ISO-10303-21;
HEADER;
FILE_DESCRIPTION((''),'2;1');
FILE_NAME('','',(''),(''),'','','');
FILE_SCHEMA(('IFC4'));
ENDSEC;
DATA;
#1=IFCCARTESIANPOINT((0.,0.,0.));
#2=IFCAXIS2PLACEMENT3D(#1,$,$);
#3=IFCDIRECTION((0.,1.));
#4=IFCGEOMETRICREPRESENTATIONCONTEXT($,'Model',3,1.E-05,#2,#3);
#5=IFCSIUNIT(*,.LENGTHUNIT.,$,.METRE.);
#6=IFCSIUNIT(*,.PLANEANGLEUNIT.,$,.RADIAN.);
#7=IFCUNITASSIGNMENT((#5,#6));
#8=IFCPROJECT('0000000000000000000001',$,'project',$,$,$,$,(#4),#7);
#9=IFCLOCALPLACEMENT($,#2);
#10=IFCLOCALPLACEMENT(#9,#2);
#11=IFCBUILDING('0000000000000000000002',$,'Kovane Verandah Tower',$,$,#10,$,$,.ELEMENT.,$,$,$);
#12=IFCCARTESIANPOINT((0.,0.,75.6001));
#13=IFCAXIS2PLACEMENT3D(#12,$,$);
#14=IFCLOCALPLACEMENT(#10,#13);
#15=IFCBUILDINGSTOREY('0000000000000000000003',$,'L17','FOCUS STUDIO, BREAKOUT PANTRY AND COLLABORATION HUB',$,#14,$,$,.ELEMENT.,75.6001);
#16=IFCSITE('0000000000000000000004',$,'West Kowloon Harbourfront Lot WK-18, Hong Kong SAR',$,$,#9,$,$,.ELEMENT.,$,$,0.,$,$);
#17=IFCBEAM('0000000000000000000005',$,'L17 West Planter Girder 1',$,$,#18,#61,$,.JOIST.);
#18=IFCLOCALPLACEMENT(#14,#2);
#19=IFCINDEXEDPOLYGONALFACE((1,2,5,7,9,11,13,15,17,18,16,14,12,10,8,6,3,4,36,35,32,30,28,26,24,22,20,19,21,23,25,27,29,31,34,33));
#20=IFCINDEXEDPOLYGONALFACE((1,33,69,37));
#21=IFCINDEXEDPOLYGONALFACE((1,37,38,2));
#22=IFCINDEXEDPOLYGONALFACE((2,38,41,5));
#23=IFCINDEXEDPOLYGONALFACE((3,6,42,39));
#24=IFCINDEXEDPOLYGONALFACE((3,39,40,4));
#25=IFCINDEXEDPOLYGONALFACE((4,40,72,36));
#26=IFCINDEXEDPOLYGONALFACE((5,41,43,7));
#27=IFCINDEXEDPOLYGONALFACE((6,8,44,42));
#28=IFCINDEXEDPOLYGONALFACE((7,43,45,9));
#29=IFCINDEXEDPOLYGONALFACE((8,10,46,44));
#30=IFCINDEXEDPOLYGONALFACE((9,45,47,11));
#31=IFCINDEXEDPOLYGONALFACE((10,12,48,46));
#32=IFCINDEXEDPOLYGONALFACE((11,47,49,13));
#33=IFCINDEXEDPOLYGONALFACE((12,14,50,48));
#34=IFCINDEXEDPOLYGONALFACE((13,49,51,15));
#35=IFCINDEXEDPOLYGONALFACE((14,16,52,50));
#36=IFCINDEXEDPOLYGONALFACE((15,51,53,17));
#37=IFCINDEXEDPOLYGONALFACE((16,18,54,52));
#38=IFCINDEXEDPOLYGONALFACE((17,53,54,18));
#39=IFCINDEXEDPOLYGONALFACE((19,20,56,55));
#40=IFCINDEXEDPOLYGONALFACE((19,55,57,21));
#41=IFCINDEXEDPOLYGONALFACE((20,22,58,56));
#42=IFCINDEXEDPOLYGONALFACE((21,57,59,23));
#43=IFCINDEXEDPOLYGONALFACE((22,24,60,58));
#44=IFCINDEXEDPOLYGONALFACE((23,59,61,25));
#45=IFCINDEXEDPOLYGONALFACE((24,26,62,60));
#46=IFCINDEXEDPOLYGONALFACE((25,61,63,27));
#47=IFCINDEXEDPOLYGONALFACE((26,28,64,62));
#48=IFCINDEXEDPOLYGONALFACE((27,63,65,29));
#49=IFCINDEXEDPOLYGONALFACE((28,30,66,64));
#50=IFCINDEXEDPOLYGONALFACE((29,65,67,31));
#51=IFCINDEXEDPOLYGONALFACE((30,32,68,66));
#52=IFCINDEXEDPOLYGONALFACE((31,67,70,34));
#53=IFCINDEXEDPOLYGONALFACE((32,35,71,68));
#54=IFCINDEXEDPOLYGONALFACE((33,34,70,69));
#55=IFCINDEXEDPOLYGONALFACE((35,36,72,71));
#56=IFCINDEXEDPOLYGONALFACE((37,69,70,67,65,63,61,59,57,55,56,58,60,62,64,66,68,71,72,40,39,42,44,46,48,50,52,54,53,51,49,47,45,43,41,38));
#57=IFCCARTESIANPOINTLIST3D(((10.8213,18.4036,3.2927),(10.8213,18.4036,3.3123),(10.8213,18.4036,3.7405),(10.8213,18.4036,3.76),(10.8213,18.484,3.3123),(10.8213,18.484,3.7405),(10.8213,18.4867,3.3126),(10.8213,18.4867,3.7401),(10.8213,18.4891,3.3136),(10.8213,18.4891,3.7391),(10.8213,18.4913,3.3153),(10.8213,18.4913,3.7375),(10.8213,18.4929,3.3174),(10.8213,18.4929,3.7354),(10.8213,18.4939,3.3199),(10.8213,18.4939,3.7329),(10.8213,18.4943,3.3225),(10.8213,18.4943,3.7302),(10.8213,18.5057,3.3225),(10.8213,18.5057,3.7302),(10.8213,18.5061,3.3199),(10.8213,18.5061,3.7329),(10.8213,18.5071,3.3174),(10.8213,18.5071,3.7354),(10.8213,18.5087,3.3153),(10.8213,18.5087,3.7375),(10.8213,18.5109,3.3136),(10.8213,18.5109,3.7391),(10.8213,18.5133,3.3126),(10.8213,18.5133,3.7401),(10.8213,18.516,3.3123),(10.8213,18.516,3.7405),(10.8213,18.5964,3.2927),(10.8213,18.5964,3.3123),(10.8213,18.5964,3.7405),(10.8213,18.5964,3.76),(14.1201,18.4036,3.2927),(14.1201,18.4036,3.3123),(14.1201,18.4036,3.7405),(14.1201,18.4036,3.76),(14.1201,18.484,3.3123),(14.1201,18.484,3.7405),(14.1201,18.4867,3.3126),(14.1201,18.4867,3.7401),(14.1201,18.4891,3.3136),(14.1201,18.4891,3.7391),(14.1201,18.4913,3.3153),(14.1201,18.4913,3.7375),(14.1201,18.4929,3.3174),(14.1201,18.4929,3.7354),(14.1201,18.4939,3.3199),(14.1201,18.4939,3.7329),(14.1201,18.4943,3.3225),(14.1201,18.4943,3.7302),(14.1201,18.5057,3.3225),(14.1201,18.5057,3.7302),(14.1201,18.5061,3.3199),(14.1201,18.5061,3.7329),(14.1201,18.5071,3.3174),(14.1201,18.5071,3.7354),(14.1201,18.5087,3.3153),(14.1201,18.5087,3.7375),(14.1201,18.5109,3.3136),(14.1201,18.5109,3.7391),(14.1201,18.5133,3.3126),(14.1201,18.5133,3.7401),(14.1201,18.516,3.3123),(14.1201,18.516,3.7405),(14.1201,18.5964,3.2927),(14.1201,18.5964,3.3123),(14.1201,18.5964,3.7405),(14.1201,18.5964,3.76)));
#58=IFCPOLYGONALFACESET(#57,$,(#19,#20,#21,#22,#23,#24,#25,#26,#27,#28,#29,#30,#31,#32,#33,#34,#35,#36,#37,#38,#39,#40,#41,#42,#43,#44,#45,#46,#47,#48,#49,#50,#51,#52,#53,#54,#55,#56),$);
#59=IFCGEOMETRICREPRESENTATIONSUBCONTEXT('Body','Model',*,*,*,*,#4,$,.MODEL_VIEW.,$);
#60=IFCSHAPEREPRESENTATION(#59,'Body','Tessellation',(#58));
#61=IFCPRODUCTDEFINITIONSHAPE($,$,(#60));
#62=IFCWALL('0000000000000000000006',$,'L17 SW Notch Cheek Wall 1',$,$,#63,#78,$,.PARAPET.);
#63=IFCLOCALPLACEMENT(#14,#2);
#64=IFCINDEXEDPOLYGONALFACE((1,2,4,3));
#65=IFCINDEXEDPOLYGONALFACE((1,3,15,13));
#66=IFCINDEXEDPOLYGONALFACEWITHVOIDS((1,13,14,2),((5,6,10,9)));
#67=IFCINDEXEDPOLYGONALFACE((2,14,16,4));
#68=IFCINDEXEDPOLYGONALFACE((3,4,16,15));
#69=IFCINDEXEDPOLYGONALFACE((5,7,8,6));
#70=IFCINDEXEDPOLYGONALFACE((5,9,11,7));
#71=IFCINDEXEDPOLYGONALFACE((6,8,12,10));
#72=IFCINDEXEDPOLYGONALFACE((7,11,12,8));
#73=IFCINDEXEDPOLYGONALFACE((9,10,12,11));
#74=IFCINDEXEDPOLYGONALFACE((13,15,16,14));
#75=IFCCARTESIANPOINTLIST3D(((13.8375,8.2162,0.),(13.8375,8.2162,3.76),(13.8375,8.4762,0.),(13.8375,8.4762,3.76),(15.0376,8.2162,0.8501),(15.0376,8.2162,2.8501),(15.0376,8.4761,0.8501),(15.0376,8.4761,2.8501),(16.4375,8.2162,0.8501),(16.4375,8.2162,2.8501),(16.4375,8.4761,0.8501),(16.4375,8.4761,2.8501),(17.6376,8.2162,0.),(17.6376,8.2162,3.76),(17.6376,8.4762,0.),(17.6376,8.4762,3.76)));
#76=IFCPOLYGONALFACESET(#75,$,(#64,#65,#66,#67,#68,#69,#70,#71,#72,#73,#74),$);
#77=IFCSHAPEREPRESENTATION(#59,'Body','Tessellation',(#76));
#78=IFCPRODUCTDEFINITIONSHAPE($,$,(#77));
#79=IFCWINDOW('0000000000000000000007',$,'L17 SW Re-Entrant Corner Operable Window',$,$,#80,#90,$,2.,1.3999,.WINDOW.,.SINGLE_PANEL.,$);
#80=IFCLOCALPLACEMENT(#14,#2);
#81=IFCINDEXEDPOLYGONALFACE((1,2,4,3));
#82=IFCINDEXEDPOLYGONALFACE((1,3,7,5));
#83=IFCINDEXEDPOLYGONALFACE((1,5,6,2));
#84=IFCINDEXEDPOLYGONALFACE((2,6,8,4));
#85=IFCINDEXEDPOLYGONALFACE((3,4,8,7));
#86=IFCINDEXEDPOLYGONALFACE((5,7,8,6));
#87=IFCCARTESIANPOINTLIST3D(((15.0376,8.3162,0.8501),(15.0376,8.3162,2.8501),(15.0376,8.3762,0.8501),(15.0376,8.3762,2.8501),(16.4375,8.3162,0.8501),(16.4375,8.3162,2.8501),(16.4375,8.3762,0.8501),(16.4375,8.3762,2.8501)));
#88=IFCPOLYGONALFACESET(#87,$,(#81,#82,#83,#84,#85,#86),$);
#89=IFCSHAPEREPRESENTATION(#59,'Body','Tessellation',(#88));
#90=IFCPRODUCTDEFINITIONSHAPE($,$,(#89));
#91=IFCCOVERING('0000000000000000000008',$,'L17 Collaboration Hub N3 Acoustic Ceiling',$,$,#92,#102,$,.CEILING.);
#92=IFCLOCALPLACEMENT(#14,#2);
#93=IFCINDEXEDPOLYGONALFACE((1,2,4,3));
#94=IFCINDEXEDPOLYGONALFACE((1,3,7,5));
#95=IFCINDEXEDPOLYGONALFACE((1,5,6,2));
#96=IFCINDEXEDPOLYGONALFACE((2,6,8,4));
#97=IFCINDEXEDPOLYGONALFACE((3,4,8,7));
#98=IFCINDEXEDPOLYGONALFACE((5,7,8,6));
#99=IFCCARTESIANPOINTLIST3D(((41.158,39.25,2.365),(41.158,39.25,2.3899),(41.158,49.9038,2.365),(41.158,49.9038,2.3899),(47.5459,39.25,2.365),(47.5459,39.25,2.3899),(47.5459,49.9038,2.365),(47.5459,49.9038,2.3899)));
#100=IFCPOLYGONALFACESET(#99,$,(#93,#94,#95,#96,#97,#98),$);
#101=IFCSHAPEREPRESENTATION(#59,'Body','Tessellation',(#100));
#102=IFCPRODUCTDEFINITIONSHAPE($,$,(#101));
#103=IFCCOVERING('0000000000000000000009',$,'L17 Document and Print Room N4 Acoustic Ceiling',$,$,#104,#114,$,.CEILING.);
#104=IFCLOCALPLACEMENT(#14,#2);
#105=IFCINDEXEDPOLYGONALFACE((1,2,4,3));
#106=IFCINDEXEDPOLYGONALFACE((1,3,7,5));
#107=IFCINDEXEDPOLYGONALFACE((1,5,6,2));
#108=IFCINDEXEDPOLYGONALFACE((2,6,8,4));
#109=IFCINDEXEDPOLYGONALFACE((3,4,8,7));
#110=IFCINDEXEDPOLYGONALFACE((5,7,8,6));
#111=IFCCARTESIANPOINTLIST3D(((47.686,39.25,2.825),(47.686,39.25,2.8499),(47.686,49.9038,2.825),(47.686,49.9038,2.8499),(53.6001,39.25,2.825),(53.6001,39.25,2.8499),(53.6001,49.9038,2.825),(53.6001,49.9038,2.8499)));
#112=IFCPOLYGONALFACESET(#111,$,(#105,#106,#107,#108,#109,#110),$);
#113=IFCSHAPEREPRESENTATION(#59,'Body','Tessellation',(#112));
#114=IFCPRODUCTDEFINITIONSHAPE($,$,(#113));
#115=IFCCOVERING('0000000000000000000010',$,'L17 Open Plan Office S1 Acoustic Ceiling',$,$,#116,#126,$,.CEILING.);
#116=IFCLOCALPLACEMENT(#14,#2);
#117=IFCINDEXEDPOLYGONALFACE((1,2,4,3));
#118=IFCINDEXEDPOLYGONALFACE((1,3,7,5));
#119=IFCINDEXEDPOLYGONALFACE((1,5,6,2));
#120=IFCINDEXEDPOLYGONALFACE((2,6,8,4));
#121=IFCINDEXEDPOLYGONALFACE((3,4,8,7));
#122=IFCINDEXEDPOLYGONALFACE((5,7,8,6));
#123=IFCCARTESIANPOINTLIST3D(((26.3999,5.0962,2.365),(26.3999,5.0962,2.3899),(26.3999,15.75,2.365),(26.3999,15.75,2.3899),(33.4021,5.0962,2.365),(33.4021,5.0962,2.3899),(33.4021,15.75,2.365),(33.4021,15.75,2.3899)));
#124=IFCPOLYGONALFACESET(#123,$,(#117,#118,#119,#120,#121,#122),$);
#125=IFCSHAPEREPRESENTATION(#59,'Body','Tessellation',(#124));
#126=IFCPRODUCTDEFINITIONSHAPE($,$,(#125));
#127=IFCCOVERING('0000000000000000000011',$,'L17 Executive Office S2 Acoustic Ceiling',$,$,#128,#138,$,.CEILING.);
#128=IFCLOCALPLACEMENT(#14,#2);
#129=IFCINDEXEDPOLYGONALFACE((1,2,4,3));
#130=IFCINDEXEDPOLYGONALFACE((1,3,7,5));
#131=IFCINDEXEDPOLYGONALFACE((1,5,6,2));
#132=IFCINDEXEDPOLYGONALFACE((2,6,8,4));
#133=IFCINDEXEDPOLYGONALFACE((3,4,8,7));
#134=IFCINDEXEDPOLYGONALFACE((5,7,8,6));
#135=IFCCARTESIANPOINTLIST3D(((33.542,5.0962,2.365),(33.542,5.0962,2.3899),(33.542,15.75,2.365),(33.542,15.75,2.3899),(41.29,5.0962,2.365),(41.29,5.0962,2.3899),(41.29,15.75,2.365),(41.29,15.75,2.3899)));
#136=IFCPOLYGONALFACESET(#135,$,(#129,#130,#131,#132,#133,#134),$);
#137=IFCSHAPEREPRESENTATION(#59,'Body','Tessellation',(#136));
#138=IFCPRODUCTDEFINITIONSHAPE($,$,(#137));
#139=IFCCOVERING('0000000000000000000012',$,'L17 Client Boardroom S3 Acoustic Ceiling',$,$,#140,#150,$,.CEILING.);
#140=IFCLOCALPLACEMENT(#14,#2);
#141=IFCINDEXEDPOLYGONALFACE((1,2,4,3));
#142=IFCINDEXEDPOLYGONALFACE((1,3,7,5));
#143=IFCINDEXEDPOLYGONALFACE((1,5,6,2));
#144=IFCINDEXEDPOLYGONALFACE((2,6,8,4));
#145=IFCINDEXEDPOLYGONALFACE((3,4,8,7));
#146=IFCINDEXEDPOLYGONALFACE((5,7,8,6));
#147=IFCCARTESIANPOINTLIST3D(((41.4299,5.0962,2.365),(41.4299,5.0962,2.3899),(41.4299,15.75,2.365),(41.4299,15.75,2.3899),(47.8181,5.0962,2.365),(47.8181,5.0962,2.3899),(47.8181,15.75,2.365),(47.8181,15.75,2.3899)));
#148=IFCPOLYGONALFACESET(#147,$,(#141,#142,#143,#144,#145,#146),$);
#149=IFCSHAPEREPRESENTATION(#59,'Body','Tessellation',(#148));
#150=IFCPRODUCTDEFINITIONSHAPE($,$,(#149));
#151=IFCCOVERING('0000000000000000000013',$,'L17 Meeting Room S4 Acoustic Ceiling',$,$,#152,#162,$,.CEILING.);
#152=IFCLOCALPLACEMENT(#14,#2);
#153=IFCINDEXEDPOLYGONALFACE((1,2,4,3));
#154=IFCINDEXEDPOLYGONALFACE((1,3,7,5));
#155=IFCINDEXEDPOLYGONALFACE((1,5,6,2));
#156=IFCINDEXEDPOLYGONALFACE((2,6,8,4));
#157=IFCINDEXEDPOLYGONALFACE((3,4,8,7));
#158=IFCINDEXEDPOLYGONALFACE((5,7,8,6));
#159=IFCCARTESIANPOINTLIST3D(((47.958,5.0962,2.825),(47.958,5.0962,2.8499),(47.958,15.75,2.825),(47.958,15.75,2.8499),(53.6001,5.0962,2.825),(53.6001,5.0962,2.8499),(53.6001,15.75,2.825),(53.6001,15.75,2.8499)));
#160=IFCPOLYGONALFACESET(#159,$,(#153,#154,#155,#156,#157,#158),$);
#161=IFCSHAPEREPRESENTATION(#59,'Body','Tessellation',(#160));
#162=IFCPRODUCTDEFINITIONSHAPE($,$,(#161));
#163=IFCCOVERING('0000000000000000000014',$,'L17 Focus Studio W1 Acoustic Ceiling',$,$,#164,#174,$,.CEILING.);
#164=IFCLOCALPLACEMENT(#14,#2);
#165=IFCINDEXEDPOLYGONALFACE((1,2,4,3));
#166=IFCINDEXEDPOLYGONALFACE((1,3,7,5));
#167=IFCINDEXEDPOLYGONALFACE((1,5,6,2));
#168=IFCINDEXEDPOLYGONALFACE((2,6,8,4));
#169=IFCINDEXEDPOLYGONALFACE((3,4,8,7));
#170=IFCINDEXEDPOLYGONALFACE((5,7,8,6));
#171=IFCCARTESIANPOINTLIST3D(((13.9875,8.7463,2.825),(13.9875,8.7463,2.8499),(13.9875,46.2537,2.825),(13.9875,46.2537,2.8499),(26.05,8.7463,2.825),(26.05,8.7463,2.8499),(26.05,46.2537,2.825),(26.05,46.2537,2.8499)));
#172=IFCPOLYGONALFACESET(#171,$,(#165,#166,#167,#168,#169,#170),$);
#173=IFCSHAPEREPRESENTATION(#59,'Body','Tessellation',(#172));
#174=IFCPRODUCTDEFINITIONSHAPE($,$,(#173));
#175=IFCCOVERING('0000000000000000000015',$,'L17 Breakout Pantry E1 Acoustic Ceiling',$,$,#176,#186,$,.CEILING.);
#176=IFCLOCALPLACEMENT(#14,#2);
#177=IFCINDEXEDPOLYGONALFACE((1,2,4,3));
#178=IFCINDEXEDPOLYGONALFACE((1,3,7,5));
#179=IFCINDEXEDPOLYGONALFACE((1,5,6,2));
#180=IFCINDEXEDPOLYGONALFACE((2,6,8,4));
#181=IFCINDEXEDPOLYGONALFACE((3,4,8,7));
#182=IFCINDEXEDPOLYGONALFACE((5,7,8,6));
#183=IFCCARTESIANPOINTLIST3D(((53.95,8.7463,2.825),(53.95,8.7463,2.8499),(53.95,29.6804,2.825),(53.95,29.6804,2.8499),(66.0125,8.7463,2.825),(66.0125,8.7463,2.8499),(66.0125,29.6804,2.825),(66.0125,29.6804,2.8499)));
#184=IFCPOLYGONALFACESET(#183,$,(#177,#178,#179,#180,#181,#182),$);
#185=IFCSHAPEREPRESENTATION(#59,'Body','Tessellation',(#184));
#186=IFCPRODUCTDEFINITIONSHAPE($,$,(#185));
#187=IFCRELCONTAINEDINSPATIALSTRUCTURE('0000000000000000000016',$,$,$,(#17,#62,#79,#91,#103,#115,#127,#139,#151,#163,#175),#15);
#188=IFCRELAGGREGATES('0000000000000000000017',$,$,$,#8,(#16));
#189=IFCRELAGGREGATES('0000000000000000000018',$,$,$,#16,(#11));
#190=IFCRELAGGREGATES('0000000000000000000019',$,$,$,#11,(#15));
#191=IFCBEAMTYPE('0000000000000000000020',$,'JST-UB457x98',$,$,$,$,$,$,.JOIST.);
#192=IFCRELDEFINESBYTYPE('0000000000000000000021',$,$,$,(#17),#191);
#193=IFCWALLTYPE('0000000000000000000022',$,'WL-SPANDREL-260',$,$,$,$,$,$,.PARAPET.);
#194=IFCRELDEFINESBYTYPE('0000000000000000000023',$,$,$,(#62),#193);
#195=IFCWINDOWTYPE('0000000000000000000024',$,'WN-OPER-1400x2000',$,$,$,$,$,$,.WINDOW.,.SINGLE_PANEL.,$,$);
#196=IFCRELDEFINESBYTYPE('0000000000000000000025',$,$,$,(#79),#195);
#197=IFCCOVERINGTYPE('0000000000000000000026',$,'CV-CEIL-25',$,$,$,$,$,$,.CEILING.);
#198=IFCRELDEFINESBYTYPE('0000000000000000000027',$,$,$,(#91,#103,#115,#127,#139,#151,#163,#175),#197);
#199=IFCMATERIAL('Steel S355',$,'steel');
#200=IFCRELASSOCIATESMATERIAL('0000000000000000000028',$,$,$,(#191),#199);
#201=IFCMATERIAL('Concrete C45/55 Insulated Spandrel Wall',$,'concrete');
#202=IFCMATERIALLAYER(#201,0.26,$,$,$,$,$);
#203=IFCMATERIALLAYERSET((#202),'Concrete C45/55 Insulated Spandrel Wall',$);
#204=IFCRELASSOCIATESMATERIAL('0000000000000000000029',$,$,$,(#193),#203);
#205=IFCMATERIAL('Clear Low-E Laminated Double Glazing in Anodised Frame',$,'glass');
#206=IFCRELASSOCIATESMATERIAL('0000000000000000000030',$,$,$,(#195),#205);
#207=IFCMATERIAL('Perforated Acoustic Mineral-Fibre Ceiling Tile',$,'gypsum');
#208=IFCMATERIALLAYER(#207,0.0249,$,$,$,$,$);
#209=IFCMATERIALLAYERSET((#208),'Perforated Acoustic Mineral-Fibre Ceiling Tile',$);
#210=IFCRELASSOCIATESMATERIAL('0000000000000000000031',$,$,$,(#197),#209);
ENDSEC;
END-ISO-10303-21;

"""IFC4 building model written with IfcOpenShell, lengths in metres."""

from ifc_helpers import new_model, si_unit, direction, frame, frame_2d, origin, origin_2d, place, context, subcontext, project, spatial, polyline, rectangle, i_section, outline, extrude, material, layer, layer_set, material_profile, profile_set, type_object, element, fill, save


model = new_model("IFC4")

# Units and contexts
model_context = context("Model", 3, precision=1e-05, world=origin(), true_north=direction((0.0, 1.0)))
body_context = subcontext(model_context, "Body", "Model", "MODEL_VIEW")
ifc_project = project(units=[si_unit("LENGTHUNIT", "METRE"), si_unit("PLANEANGLEUNIT", "RADIAN")], contexts=[model_context])

# Site, building, storey
site_placement = place(None, origin())
site = spatial("IfcSite", under=ifc_project, at=site_placement, Name="West Kowloon Harbourfront Lot WK-18, Hong Kong SAR", CompositionType="ELEMENT", RefElevation=0.0)
building_placement = place(site_placement, origin())
building = spatial("IfcBuilding", under=site, at=building_placement, Name="Kovane Verandah Tower", CompositionType="ELEMENT")
storey_placement = place(building_placement, frame((0.0, 0.0, 75.6001)))
storey = spatial("IfcBuildingStorey", under=building, at=storey_placement, Name="L17", Description="FOCUS STUDIO, BREAKOUT PANTRY AND COLLABORATION HUB", CompositionType="ELEMENT", Elevation=75.6001)

# Beam
ifc_material_1 = material(Name="Steel S355", Category="steel")
ifc_material_profile = material_profile(ifc_material_1, i_section(OverallWidth=0.1929, OverallDepth=0.4673, WebThickness=0.0115, FlangeThickness=0.0195, FilletRadius=0.0103, at=origin_2d()), Name="UB457x191x98")
ifc_profile_set = profile_set([ifc_material_profile], Name="Steel S355")
beam_type = type_object("IfcBeamType", Name="JST-UB457x98", PredefinedType="JOIST", material=ifc_profile_set)
beam_placement = place(storey_placement, frame((14.1201, 18.5, 3.5264), z_axis=(-1.0, 0.0, 0.0), x_axis=(0.0, -1.0, 0.0)))
element("IfcBeam", 1, at=beam_placement, inside=storey, type_object=beam_type, Name="L17 West Planter Girder 1", PredefinedType="JOIST", context=body_context, shape_type="SweptSolid", body=[
    extrude(i_section(OverallWidth=0.1929, OverallDepth=0.4673, WebThickness=0.0115, FlangeThickness=0.0195, FilletRadius=0.0103, at=origin_2d()), origin(), (0.0, 0.0, 1.0), 3.2988),
])

# Wall, opening, window
ifc_material_2 = material(Name="Concrete C45/55 Insulated Spandrel Wall", Category="concrete")
ifc_layer_1 = layer(ifc_material_2, 0.26)
ifc_layer_set_1 = layer_set([ifc_layer_1], Name="Concrete C45/55 Insulated Spandrel Wall")
wall_type = type_object("IfcWallType", Name="WL-SPANDREL-260", PredefinedType="PARAPET", material=ifc_layer_set_1)
wall_placement = place(storey_placement, frame((13.8376, 8.3462, 0.0), z_axis=(0.0, 0.0, 1.0), x_axis=(1.0, 0.0, 0.0)))
wall = element("IfcWall", 2, at=wall_placement, inside=storey, type_object=wall_type, Name="L17 SW Notch Cheek Wall 1", PredefinedType="PARAPET", context=body_context, shape_type="SweptSolid", body=[
    extrude(rectangle(XDim=3.8, YDim=0.26, at=frame_2d((1.8999, 0.0))), origin(), (0.0, 0.0, 1.0), 3.76),
])
opening_placement = place(wall_placement, frame((1.2, 0.0, 0.8501)))
opening = element("IfcOpeningElement", 3, at=opening_placement, cuts=wall, PredefinedType="OPENING", context=body_context, shape_type="SweptSolid", body=[
    extrude(rectangle(XDim=1.3999, YDim=2.0, at=frame_2d((0.7, 1.0))), frame((0.0, 0.1299, 0.0), z_axis=(0.0, -1.0, 0.0), x_axis=(1.0, 0.0, 0.0)), (0.0, 0.0, 1.0), 0.26),
])
ifc_material_3 = material(Name="Clear Low-E Laminated Double Glazing in Anodised Frame", Category="glass")
window_type = type_object("IfcWindowType", Name="WN-OPER-1400x2000", PartitioningType="SINGLE_PANEL", PredefinedType="WINDOW", material=ifc_material_3)
window_placement = place(opening_placement, origin())
window = element("IfcWindow", 4, at=window_placement, inside=storey, type_object=window_type, Name="L17 SW Re-Entrant Corner Operable Window", OverallHeight=2.0, OverallWidth=1.3999, PartitioningType="SINGLE_PANEL", PredefinedType="WINDOW", context=body_context, shape_type="SweptSolid", body=[
    extrude(rectangle(XDim=1.3999, YDim=2.0, at=frame_2d((0.7, 1.0))), frame((0.0, 0.03, 0.0), z_axis=(0.0, -1.0, 0.0), x_axis=(1.0, 0.0, 0.0)), (0.0, 0.0, 1.0), 0.0601),
])
fill(opening, window)

# Coverings
ifc_material_4 = material(Name="Perforated Acoustic Mineral-Fibre Ceiling Tile", Category="gypsum")
ifc_layer_2 = layer(ifc_material_4, 0.0249)
ifc_layer_set_2 = layer_set([ifc_layer_2], Name="Perforated Acoustic Mineral-Fibre Ceiling Tile")
covering_type_1 = type_object("IfcCoveringType", Name="CV-CEIL-25", PredefinedType="CEILING", material=ifc_layer_set_2)
covering_1_placement = place(storey_placement, frame((0.0, 0.0, 2.365)))
element("IfcCovering", 5, at=covering_1_placement, inside=storey, type_object=covering_type_1, Name="L17 Collaboration Hub N3 Acoustic Ceiling", PredefinedType="CEILING", context=body_context, shape_type="SweptSolid", body=[
    extrude(outline(polyline([(41.158, 39.25), (47.5459, 39.25), (47.5459, 49.9038), (41.158, 49.9038), (41.158, 39.25)])), origin(), (0.0, 0.0, 1.0), 0.0249),
])
covering_2_placement = place(storey_placement, frame((0.0, 0.0, 2.825)))
element("IfcCovering", 6, at=covering_2_placement, inside=storey, type_object=covering_type_1, Name="L17 Document and Print Room N4 Acoustic Ceiling", PredefinedType="CEILING", context=body_context, shape_type="SweptSolid", body=[
    extrude(outline(polyline([(47.686, 39.25), (53.6001, 39.25), (53.6001, 49.9038), (47.686, 49.9038), (47.686, 39.25)])), origin(), (0.0, 0.0, 1.0), 0.0249),
])
covering_3_placement = place(storey_placement, frame((0.0, 0.0, 2.365)))
element("IfcCovering", 7, at=covering_3_placement, inside=storey, type_object=covering_type_1, Name="L17 Open Plan Office S1 Acoustic Ceiling", PredefinedType="CEILING", context=body_context, shape_type="SweptSolid", body=[
    extrude(outline(polyline([(26.3999, 5.0962), (33.4021, 5.0962), (33.4021, 15.75), (26.3999, 15.75), (26.3999, 5.0962)])), origin(), (0.0, 0.0, 1.0), 0.0249),
])
covering_4_placement = place(storey_placement, frame((0.0, 0.0, 2.365)))
element("IfcCovering", 8, at=covering_4_placement, inside=storey, type_object=covering_type_1, Name="L17 Executive Office S2 Acoustic Ceiling", PredefinedType="CEILING", context=body_context, shape_type="SweptSolid", body=[
    extrude(outline(polyline([(33.542, 5.0962), (41.29, 5.0962), (41.29, 15.75), (33.542, 15.75), (33.542, 5.0962)])), origin(), (0.0, 0.0, 1.0), 0.0249),
])
covering_5_placement = place(storey_placement, frame((0.0, 0.0, 2.365)))
element("IfcCovering", 9, at=covering_5_placement, inside=storey, type_object=covering_type_1, Name="L17 Client Boardroom S3 Acoustic Ceiling", PredefinedType="CEILING", context=body_context, shape_type="SweptSolid", body=[
    extrude(outline(polyline([(41.4299, 5.0962), (47.8181, 5.0962), (47.8181, 15.75), (41.4299, 15.75), (41.4299, 5.0962)])), origin(), (0.0, 0.0, 1.0), 0.0249),
])
covering_6_placement = place(storey_placement, frame((0.0, 0.0, 2.825)))
element("IfcCovering", 10, at=covering_6_placement, inside=storey, type_object=covering_type_1, Name="L17 Meeting Room S4 Acoustic Ceiling", PredefinedType="CEILING", context=body_context, shape_type="SweptSolid", body=[
    extrude(outline(polyline([(47.958, 5.0962), (53.6001, 5.0962), (53.6001, 15.75), (47.958, 15.75), (47.958, 5.0962)])), origin(), (0.0, 0.0, 1.0), 0.0249),
])
covering_7_placement = place(storey_placement, frame((0.0, 0.0, 2.825)))
element("IfcCovering", 11, at=covering_7_placement, inside=storey, type_object=covering_type_1, Name="L17 Focus Studio W1 Acoustic Ceiling", PredefinedType="CEILING", context=body_context, shape_type="SweptSolid", body=[
    extrude(outline(polyline([(13.9875, 8.7463), (26.05, 8.7463), (26.05, 46.2537), (13.9875, 46.2537), (13.9875, 8.7463)])), origin(), (0.0, 0.0, 1.0), 0.0249),
])
covering_8_placement = place(storey_placement, frame((0.0, 0.0, 2.825)))
element("IfcCovering", 12, at=covering_8_placement, inside=storey, type_object=covering_type_1, Name="L17 Breakout Pantry E1 Acoustic Ceiling", PredefinedType="CEILING", context=body_context, shape_type="SweptSolid", body=[
    extrude(outline(polyline([(53.95, 8.7463), (66.0125, 8.7463), (66.0125, 29.6804), (53.95, 29.6804), (53.95, 8.7463)])), origin(), (0.0, 0.0, 1.0), 0.0249),
])

save(model, "model.ifc")
